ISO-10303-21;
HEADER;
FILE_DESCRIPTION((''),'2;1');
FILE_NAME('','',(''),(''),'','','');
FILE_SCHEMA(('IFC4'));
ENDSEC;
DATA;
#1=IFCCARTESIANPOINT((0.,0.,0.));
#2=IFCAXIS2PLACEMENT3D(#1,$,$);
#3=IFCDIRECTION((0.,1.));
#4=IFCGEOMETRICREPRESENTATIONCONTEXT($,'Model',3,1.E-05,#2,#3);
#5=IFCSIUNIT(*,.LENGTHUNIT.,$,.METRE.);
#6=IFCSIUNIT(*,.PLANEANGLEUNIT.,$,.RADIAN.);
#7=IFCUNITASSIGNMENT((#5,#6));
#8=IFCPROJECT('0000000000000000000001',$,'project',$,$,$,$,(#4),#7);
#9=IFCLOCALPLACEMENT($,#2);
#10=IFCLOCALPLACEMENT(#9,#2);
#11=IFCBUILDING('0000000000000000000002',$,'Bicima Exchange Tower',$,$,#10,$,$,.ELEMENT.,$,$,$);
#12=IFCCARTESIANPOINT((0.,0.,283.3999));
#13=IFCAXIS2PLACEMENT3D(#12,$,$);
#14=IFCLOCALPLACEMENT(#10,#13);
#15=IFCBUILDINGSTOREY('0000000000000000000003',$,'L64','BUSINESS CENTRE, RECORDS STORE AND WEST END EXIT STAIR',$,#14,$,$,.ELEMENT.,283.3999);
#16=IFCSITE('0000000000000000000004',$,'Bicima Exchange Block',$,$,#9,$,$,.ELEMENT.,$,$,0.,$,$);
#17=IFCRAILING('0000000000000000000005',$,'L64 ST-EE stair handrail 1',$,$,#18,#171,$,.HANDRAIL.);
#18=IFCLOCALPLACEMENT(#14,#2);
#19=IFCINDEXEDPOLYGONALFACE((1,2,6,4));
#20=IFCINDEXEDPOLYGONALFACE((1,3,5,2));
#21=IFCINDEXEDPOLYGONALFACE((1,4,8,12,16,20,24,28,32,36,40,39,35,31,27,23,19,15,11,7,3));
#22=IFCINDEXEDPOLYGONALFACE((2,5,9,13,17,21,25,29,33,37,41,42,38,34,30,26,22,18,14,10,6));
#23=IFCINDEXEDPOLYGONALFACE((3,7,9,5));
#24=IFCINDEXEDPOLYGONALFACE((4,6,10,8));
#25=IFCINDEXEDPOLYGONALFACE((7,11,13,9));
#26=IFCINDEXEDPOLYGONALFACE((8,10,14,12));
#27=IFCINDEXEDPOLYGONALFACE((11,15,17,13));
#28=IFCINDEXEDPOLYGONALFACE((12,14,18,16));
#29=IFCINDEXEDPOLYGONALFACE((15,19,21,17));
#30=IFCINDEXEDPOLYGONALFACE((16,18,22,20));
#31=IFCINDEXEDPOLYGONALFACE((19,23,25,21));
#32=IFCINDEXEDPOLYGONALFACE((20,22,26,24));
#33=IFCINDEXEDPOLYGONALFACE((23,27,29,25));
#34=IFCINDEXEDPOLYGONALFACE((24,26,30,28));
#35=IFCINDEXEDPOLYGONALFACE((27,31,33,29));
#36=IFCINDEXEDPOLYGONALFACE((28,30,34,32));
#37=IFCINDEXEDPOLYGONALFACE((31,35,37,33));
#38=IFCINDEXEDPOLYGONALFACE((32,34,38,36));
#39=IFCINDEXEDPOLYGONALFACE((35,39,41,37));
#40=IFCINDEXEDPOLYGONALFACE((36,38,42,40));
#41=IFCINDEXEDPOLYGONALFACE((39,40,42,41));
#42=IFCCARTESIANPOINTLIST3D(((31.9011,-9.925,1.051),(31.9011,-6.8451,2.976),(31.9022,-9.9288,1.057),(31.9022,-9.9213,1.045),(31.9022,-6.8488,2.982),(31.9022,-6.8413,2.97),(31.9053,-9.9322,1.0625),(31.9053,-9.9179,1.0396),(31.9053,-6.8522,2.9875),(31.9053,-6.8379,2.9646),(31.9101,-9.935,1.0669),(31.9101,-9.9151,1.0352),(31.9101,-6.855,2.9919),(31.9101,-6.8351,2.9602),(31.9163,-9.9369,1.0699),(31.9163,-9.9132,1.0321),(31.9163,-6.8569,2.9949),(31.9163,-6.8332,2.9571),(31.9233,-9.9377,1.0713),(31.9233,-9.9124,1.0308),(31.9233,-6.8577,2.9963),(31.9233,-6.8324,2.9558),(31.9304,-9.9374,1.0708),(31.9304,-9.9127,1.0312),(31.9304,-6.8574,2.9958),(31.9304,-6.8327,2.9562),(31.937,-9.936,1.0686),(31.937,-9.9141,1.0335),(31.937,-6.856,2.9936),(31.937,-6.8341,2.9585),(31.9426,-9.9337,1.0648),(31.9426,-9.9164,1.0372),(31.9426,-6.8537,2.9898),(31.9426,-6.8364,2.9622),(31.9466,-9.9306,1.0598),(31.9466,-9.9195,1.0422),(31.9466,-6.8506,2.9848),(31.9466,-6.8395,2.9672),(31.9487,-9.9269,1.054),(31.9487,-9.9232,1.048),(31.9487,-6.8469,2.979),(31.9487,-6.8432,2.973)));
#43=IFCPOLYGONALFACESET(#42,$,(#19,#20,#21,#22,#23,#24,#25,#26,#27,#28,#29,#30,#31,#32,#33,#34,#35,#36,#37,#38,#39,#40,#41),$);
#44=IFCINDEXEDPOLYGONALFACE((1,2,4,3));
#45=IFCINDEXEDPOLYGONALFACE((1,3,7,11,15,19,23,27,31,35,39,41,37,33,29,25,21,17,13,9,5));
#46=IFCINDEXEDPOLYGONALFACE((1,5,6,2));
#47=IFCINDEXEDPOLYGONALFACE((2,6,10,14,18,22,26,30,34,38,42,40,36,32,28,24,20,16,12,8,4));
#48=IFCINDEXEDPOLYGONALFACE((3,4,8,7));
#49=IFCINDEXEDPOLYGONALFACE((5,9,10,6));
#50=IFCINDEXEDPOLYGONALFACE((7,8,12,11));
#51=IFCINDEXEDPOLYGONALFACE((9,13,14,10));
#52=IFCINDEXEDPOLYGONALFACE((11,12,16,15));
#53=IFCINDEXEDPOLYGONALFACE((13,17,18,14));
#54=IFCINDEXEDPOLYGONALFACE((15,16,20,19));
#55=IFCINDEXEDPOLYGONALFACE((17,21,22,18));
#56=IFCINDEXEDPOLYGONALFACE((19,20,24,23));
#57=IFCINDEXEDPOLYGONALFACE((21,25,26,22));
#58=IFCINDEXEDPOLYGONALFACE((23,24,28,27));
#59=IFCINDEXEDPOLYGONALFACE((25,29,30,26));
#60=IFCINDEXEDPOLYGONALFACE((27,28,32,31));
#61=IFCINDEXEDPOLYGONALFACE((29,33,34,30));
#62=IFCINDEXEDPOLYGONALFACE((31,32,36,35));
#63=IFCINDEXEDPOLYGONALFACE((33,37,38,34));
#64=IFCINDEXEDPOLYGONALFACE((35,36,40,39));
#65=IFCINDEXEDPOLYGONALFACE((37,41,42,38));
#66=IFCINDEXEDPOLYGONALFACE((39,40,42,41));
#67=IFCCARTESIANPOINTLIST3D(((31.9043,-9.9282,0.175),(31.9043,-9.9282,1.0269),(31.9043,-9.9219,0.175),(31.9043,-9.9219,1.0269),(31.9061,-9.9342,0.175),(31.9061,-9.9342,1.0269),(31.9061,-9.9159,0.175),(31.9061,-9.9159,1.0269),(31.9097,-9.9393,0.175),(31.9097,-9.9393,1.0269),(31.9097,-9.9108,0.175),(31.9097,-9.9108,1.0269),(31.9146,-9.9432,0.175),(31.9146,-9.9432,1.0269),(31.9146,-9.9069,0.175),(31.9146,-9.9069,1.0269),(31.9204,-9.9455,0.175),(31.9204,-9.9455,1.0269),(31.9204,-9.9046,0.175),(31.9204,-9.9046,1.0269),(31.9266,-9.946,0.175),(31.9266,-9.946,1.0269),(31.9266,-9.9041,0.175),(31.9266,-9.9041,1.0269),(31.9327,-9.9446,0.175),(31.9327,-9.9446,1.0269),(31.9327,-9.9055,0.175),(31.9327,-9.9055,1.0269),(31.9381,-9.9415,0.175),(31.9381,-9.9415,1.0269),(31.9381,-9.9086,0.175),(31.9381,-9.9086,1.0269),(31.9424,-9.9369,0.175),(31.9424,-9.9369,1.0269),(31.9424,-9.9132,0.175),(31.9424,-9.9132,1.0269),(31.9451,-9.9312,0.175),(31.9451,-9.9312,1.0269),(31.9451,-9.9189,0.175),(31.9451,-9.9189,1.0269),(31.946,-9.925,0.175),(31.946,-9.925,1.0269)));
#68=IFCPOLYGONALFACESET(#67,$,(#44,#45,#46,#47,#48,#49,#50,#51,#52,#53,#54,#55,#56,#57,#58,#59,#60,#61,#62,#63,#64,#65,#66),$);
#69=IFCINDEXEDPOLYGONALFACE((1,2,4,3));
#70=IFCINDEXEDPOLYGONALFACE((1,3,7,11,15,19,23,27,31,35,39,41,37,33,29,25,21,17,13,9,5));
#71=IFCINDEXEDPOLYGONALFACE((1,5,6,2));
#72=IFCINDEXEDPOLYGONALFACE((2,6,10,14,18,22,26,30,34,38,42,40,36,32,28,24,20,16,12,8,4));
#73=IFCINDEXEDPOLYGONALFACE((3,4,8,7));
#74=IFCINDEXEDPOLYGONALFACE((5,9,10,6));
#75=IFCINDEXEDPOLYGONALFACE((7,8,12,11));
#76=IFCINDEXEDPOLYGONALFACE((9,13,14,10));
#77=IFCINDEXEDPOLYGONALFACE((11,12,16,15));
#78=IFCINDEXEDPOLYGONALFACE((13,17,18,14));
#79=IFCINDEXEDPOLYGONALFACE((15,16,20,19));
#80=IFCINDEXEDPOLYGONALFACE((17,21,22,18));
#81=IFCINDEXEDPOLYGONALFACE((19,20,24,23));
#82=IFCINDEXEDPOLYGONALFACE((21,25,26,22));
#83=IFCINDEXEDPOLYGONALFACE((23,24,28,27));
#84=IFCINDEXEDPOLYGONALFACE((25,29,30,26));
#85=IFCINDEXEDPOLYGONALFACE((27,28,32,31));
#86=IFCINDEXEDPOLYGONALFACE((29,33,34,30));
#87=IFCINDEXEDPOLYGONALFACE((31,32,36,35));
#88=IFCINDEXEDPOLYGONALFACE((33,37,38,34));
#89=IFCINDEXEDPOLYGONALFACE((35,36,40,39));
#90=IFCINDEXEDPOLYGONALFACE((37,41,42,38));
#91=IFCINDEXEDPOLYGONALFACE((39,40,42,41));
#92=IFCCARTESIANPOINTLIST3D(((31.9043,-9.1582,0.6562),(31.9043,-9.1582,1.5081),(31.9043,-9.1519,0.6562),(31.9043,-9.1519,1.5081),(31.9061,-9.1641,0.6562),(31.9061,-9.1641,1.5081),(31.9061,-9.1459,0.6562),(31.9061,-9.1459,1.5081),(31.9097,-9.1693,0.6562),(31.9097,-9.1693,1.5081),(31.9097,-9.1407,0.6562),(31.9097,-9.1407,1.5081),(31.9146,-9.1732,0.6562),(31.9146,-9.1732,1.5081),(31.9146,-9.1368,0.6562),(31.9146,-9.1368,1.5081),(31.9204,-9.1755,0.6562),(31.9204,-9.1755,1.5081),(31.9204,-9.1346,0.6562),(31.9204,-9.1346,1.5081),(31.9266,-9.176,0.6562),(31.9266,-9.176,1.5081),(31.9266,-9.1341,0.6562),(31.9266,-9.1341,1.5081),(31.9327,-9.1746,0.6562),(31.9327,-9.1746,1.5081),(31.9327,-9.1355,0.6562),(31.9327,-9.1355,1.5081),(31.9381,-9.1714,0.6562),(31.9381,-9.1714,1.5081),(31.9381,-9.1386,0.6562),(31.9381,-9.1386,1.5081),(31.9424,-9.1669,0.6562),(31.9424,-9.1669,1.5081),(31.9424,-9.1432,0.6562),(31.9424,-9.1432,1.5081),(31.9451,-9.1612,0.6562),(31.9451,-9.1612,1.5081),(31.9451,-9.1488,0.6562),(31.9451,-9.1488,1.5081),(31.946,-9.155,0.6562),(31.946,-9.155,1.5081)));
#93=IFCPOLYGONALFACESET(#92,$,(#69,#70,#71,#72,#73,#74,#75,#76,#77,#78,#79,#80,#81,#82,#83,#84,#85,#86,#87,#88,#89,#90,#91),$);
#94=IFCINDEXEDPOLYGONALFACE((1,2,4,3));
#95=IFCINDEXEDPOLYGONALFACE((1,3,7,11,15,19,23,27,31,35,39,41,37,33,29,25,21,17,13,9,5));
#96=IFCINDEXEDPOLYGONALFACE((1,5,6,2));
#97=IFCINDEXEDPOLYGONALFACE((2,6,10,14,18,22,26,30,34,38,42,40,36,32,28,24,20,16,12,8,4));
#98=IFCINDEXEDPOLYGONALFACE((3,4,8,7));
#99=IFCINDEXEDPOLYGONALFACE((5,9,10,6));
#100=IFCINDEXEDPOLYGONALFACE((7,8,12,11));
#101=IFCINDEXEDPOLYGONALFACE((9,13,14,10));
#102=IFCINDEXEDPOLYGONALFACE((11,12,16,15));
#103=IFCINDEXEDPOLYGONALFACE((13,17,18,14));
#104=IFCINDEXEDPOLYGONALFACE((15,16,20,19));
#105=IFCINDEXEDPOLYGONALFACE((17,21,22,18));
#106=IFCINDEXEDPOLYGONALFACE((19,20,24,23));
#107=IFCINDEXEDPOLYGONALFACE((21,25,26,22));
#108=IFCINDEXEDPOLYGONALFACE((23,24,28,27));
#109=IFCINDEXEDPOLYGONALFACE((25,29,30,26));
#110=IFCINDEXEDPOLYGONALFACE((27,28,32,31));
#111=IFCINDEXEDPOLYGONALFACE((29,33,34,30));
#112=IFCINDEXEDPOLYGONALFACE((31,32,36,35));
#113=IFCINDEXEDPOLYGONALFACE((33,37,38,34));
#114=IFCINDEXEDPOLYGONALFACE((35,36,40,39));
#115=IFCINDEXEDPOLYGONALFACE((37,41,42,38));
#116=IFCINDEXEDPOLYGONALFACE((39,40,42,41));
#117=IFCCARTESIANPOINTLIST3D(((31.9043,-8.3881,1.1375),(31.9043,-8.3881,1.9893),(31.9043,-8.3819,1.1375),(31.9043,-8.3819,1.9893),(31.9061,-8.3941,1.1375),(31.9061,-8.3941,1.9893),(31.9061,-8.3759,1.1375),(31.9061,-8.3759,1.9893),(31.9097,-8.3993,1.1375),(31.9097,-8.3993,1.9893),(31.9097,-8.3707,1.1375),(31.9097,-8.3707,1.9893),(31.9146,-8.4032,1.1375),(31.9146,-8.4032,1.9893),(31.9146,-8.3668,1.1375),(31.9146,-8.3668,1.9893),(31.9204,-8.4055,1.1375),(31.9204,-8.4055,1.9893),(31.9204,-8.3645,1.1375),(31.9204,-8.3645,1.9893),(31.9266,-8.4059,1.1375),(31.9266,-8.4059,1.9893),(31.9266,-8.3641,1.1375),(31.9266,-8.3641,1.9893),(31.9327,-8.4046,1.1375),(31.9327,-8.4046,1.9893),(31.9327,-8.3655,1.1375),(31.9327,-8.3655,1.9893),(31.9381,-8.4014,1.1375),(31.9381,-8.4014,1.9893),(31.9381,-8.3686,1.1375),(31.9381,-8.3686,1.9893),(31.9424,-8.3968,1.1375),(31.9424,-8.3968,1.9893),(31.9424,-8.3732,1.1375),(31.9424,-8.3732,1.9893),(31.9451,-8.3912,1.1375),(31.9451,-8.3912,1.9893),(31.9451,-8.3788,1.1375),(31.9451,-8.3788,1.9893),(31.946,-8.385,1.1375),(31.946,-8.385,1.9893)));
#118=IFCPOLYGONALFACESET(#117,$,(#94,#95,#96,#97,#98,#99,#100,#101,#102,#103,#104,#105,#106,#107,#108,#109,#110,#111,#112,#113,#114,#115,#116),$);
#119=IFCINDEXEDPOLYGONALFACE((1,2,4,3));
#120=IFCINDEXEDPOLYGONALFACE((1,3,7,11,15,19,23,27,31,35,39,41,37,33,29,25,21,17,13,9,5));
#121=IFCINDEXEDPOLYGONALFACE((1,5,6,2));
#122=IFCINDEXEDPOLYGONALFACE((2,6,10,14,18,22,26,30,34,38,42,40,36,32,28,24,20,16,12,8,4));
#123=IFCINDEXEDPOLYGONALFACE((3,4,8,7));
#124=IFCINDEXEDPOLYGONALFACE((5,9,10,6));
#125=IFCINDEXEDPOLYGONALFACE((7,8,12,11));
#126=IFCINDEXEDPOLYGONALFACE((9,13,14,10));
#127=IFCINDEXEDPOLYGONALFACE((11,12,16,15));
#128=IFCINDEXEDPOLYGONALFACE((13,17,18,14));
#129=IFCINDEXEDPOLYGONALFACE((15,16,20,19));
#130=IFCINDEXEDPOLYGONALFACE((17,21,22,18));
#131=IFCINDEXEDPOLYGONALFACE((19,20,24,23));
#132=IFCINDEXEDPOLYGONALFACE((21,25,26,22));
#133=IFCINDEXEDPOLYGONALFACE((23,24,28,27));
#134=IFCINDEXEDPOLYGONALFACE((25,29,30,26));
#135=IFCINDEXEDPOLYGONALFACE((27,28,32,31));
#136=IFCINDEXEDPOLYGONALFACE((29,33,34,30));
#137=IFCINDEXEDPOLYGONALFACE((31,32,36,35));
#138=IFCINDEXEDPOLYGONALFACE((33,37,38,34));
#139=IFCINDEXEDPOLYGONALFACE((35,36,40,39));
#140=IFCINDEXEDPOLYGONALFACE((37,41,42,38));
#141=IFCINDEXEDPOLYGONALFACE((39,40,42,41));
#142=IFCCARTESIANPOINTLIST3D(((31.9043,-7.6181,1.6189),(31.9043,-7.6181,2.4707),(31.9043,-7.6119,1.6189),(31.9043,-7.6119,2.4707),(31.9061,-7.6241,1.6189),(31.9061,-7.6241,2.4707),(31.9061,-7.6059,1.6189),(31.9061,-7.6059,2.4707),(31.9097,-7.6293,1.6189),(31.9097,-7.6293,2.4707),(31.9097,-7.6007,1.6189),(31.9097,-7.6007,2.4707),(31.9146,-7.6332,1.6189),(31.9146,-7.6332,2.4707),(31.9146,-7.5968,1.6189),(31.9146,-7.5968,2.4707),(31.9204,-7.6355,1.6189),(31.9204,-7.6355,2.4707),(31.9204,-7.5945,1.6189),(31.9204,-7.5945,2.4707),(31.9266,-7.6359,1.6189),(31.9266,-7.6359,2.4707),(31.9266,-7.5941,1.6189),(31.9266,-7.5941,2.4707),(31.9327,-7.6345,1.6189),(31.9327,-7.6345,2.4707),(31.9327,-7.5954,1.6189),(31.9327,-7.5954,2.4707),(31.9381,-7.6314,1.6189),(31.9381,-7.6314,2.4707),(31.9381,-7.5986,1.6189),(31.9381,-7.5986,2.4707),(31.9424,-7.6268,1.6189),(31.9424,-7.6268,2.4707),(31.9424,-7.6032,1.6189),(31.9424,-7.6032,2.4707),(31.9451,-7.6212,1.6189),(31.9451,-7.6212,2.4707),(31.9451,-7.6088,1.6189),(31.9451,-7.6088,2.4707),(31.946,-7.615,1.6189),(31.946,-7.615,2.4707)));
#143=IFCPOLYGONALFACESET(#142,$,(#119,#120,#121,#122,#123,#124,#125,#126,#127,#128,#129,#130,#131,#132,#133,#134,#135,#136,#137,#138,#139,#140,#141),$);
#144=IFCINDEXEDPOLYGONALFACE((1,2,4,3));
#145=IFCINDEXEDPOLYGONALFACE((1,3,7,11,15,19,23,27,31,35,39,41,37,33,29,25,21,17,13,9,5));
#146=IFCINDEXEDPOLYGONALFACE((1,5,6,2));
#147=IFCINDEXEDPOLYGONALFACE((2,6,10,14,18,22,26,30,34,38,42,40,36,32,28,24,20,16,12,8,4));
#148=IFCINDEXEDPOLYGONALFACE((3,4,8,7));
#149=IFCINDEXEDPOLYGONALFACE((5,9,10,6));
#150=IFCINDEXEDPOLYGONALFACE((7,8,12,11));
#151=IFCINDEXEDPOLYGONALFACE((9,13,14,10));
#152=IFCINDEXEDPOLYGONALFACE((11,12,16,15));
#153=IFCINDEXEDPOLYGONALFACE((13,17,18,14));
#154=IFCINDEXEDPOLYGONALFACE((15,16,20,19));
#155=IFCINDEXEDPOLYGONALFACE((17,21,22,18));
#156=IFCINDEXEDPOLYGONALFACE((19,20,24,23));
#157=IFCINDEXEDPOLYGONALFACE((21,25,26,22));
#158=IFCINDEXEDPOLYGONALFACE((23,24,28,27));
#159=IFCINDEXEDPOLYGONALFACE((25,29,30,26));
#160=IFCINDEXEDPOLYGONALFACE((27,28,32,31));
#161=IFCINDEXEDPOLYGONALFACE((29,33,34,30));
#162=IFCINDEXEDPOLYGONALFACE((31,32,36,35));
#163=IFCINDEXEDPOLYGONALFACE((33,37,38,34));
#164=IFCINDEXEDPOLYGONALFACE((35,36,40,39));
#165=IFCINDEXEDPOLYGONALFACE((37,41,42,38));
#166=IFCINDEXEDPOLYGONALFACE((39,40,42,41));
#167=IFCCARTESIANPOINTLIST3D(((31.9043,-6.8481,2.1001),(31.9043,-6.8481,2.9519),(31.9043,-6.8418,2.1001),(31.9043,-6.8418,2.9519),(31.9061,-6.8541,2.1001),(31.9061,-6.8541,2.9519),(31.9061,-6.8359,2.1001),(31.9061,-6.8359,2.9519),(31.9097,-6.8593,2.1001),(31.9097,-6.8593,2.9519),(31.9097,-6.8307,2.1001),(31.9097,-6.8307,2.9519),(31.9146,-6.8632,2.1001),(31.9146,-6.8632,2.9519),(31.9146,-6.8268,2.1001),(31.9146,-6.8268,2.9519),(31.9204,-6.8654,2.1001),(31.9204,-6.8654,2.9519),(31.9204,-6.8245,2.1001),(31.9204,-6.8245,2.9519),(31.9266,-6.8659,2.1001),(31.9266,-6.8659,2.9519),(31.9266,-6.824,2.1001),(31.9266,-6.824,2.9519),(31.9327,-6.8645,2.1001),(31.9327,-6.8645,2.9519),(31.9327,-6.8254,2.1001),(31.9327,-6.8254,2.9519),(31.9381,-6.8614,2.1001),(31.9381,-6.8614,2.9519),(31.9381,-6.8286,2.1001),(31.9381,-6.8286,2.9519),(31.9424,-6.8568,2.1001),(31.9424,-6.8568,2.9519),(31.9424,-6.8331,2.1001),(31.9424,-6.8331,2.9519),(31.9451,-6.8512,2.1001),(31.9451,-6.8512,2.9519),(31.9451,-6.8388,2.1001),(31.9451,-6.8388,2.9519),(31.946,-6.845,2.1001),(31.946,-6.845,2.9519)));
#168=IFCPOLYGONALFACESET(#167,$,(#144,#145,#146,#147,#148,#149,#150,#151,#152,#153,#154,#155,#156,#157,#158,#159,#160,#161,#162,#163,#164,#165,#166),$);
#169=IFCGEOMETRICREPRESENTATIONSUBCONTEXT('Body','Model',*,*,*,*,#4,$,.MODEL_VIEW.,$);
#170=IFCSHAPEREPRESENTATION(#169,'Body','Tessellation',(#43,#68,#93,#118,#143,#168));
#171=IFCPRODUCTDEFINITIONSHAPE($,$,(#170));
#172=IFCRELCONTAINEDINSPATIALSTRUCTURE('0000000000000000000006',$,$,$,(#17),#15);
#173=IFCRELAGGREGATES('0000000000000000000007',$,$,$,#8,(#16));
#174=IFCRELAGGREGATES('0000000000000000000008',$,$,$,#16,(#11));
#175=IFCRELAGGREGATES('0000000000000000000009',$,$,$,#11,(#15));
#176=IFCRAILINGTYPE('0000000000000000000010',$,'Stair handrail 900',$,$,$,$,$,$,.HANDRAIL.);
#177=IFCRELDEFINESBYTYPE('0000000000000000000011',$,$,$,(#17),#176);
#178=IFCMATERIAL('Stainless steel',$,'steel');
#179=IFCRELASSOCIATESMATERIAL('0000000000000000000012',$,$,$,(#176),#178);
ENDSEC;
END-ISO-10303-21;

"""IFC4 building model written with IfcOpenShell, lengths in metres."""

from ifc_helpers import new_model, si_unit, direction, frame, origin, origin_2d, place, context, subcontext, project, spatial, circle, extrude, material, type_object, element, save


model = new_model("IFC4")

# Units and contexts
model_context = context("Model", 3, precision=1e-05, world=origin(), true_north=direction((0.0, 1.0)))
body_context = subcontext(model_context, "Body", "Model", "MODEL_VIEW")
ifc_project = project(units=[si_unit("LENGTHUNIT", "METRE"), si_unit("PLANEANGLEUNIT", "RADIAN")], contexts=[model_context])

# Site, building, storey
site_placement = place(None, origin())
site = spatial("IfcSite", under=ifc_project, at=site_placement, Name="Bicima Exchange Block", CompositionType="ELEMENT", RefElevation=0.0)
building_placement = place(site_placement, origin())
building = spatial("IfcBuilding", under=site, at=building_placement, Name="Bicima Exchange Tower", CompositionType="ELEMENT")
storey_placement = place(building_placement, frame((0.0, 0.0, 283.3999)))
storey = spatial("IfcBuildingStorey", under=building, at=storey_placement, Name="L64", Description="BUSINESS CENTRE, RECORDS STORE AND WEST END EXIT STAIR", CompositionType="ELEMENT", Elevation=283.3999)

# Railing
ifc_material_1 = material(Name="Stainless steel", Category="steel")
railing_type_1 = type_object("IfcRailingType", Name="Stair handrail 900", PredefinedType="HANDRAIL", material=ifc_material_1)
railing_1_placement = place(storey_placement, frame((31.925, -9.925, 0.175)))
element("IfcRailing", 1, at=railing_1_placement, inside=storey, type_object=railing_type_1, Name="L64 ST-EE stair handrail 1", PredefinedType="HANDRAIL", context=body_context, shape_type="SweptSolid", body=[
    extrude(circle(Radius=0.0239, at=origin_2d()), frame((0.0, 0.0, 0.876), z_axis=(0.0, 0.847998, 0.529999), x_axis=(-1.0, 0.0, 0.0)), (0.0, 0.0, 1.0), 3.6321),
    extrude(circle(Radius=0.021, at=origin_2d()), origin(), (0.0, 0.0, 1.0), 0.8518),
    extrude(circle(Radius=0.021, at=origin_2d()), frame((0.0, 0.77, 0.4812)), (0.0, 0.0, 1.0), 0.8518),
    extrude(circle(Radius=0.021, at=origin_2d()), frame((0.0, 1.54, 0.9624)), (0.0, 0.0, 1.0), 0.8518),
    extrude(circle(Radius=0.021, at=origin_2d()), frame((0.0, 2.3101, 1.4438)), (0.0, 0.0, 1.0), 0.8518),
    extrude(circle(Radius=0.021, at=origin_2d()), frame((0.0, 3.0801, 1.925)), (0.0, 0.0, 1.0), 0.8518),
])

save(model, "model.ifc")
